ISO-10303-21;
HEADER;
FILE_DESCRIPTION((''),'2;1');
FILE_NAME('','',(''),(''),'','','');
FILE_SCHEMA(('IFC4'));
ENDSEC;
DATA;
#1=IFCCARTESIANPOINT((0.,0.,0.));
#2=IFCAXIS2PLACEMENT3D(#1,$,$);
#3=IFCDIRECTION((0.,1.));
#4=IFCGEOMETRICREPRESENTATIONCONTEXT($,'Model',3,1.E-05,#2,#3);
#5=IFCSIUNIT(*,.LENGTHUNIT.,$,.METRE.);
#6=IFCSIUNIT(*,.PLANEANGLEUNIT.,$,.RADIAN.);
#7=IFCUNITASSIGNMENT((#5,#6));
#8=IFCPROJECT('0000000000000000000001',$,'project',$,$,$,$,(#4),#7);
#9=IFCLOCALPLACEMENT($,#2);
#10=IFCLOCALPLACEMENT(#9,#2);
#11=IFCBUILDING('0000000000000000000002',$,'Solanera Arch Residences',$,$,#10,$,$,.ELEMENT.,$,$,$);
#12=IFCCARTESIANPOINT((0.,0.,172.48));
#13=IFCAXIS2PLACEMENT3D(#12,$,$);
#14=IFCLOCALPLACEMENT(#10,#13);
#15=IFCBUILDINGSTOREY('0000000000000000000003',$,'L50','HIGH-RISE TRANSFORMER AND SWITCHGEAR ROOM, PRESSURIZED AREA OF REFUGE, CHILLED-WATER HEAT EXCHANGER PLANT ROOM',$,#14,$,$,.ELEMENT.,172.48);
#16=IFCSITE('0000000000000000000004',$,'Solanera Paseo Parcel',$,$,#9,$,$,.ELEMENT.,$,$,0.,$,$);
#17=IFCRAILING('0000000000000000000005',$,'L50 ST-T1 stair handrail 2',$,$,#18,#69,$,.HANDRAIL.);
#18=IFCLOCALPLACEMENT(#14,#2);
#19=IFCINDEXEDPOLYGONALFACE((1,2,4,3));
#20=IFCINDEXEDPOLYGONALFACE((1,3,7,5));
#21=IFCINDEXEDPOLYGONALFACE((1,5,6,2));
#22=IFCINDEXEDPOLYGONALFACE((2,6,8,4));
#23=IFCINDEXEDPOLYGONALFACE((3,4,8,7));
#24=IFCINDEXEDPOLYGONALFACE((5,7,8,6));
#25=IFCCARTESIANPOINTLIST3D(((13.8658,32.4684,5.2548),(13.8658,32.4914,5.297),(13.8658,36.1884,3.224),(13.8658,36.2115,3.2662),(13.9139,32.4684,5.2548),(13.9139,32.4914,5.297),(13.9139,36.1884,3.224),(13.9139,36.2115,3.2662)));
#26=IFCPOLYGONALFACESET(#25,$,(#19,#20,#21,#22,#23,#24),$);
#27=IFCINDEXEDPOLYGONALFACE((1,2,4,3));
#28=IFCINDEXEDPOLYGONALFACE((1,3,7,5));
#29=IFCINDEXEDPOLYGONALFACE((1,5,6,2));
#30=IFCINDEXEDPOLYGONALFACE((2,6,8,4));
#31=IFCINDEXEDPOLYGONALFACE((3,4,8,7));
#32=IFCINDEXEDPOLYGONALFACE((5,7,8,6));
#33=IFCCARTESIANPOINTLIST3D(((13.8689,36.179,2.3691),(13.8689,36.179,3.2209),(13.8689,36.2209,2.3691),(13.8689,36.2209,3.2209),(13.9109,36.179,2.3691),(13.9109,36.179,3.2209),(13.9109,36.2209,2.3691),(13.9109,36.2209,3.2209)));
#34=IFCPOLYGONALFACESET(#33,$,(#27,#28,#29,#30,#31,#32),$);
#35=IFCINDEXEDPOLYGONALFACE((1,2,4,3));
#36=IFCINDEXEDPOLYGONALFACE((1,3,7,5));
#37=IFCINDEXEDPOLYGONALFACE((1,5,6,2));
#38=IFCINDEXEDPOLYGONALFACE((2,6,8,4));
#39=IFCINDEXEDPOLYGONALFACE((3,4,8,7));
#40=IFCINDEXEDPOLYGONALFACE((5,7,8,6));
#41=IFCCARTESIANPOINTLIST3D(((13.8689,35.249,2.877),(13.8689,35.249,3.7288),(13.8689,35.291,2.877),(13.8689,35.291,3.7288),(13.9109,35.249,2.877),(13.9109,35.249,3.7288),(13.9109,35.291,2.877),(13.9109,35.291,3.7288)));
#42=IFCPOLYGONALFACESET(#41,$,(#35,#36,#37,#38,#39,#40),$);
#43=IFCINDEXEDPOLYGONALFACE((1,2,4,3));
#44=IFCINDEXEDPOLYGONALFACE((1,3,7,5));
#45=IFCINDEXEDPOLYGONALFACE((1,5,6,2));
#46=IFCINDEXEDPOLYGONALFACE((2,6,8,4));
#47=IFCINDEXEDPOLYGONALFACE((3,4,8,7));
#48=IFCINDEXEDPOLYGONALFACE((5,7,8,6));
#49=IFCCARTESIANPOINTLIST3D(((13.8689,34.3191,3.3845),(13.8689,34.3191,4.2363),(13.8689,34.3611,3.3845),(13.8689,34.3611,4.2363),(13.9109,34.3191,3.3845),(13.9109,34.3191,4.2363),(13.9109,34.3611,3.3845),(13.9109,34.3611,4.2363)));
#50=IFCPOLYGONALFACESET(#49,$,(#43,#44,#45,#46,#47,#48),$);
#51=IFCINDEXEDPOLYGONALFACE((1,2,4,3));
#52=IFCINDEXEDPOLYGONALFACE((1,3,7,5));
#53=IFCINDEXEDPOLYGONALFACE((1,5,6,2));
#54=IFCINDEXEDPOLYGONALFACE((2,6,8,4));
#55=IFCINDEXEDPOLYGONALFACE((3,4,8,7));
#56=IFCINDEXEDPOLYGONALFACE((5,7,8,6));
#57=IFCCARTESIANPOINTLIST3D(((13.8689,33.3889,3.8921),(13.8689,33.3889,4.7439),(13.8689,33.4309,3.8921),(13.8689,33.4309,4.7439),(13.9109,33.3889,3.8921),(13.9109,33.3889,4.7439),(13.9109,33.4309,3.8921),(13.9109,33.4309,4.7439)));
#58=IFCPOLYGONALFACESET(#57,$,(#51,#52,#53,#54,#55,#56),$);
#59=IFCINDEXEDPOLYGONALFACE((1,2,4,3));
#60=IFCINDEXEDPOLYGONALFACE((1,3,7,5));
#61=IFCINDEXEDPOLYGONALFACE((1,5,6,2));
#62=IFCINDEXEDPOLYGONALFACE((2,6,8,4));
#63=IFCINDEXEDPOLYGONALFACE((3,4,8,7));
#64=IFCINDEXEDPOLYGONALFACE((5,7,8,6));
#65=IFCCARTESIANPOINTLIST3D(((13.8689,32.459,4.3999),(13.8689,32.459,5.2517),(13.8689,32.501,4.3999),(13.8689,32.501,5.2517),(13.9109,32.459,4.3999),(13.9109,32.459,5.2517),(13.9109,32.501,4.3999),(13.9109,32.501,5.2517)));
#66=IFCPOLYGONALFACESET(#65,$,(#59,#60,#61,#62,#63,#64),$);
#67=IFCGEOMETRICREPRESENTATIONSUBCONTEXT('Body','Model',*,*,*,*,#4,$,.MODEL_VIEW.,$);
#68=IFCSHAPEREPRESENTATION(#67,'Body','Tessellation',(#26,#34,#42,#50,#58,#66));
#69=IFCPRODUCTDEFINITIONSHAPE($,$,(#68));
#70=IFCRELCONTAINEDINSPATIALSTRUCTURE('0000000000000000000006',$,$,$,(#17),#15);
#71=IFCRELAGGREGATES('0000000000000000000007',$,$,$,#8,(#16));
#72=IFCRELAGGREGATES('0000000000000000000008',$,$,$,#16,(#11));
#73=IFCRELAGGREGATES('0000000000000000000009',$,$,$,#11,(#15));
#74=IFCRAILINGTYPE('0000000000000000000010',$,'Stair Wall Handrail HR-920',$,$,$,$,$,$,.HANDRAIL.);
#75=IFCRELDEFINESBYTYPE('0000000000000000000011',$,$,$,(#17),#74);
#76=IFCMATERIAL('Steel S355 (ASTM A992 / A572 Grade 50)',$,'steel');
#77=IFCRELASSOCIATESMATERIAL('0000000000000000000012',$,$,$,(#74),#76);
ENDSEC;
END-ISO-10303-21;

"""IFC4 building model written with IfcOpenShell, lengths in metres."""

from ifc_helpers import new_model, si_unit, direction, frame, origin, origin_2d, place, context, subcontext, project, spatial, rectangle, extrude, material, type_object, element, save


model = new_model("IFC4")

# Units and contexts
model_context = context("Model", 3, precision=1e-05, world=origin(), true_north=direction((0.0, 1.0)))
body_context = subcontext(model_context, "Body", "Model", "MODEL_VIEW")
ifc_project = project(units=[si_unit("LENGTHUNIT", "METRE"), si_unit("PLANEANGLEUNIT", "RADIAN")], contexts=[model_context])

# Site, building, storey
site_placement = place(None, origin())
site = spatial("IfcSite", under=ifc_project, at=site_placement, Name="Solanera Paseo Parcel", CompositionType="ELEMENT", RefElevation=0.0)
building_placement = place(site_placement, origin())
building = spatial("IfcBuilding", under=site, at=building_placement, Name="Solanera Arch Residences", CompositionType="ELEMENT")
storey_placement = place(building_placement, frame((0.0, 0.0, 172.48)))
storey = spatial("IfcBuildingStorey", under=building, at=storey_placement, Name="L50", Description="HIGH-RISE TRANSFORMER AND SWITCHGEAR ROOM, PRESSURIZED AREA OF REFUGE, CHILLED-WATER HEAT EXCHANGER PLANT ROOM", CompositionType="ELEMENT", Elevation=172.48)

# Railing
ifc_material_1 = material(Name="Steel S355 (ASTM A992 / A572 Grade 50)", Category="steel")
railing_type = type_object("IfcRailingType", Name="Stair Wall Handrail HR-920", PredefinedType="HANDRAIL", material=ifc_material_1)
railing_placement = place(storey_placement, frame((13.8899, 36.2, 2.3691)))
element("IfcRailing", 1, at=railing_placement, inside=storey, type_object=railing_type, Name="L50 ST-T1 stair handrail 2", PredefinedType="HANDRAIL", context=body_context, shape_type="SweptSolid", body=[
    extrude(rectangle(XDim=0.0481, YDim=0.0481, at=origin_2d()), frame((0.0, 0.0, 0.876), z_axis=(0.0, -0.877728, 0.479159), x_axis=(1.0, 0.0, 0.0)), (0.0, 0.0, 1.0), 4.2383),
    extrude(rectangle(XDim=0.042, YDim=0.042, at=origin_2d()), origin(), (0.0, 0.0, 1.0), 0.8518),
    extrude(rectangle(XDim=0.042, YDim=0.042, at=origin_2d()), frame((0.0, -0.9299, 0.5078)), (0.0, 0.0, 1.0), 0.8518),
    extrude(rectangle(XDim=0.042, YDim=0.042, at=origin_2d()), frame((0.0, -1.8599, 1.0154)), (0.0, 0.0, 1.0), 0.8518),
    extrude(rectangle(XDim=0.042, YDim=0.042, at=origin_2d()), frame((0.0, -2.79, 1.5229)), (0.0, 0.0, 1.0), 0.8518),
    extrude(rectangle(XDim=0.042, YDim=0.042, at=origin_2d()), frame((0.0, -3.72, 2.0308)), (0.0, 0.0, 1.0), 0.8518),
])

save(model, "model.ifc")
